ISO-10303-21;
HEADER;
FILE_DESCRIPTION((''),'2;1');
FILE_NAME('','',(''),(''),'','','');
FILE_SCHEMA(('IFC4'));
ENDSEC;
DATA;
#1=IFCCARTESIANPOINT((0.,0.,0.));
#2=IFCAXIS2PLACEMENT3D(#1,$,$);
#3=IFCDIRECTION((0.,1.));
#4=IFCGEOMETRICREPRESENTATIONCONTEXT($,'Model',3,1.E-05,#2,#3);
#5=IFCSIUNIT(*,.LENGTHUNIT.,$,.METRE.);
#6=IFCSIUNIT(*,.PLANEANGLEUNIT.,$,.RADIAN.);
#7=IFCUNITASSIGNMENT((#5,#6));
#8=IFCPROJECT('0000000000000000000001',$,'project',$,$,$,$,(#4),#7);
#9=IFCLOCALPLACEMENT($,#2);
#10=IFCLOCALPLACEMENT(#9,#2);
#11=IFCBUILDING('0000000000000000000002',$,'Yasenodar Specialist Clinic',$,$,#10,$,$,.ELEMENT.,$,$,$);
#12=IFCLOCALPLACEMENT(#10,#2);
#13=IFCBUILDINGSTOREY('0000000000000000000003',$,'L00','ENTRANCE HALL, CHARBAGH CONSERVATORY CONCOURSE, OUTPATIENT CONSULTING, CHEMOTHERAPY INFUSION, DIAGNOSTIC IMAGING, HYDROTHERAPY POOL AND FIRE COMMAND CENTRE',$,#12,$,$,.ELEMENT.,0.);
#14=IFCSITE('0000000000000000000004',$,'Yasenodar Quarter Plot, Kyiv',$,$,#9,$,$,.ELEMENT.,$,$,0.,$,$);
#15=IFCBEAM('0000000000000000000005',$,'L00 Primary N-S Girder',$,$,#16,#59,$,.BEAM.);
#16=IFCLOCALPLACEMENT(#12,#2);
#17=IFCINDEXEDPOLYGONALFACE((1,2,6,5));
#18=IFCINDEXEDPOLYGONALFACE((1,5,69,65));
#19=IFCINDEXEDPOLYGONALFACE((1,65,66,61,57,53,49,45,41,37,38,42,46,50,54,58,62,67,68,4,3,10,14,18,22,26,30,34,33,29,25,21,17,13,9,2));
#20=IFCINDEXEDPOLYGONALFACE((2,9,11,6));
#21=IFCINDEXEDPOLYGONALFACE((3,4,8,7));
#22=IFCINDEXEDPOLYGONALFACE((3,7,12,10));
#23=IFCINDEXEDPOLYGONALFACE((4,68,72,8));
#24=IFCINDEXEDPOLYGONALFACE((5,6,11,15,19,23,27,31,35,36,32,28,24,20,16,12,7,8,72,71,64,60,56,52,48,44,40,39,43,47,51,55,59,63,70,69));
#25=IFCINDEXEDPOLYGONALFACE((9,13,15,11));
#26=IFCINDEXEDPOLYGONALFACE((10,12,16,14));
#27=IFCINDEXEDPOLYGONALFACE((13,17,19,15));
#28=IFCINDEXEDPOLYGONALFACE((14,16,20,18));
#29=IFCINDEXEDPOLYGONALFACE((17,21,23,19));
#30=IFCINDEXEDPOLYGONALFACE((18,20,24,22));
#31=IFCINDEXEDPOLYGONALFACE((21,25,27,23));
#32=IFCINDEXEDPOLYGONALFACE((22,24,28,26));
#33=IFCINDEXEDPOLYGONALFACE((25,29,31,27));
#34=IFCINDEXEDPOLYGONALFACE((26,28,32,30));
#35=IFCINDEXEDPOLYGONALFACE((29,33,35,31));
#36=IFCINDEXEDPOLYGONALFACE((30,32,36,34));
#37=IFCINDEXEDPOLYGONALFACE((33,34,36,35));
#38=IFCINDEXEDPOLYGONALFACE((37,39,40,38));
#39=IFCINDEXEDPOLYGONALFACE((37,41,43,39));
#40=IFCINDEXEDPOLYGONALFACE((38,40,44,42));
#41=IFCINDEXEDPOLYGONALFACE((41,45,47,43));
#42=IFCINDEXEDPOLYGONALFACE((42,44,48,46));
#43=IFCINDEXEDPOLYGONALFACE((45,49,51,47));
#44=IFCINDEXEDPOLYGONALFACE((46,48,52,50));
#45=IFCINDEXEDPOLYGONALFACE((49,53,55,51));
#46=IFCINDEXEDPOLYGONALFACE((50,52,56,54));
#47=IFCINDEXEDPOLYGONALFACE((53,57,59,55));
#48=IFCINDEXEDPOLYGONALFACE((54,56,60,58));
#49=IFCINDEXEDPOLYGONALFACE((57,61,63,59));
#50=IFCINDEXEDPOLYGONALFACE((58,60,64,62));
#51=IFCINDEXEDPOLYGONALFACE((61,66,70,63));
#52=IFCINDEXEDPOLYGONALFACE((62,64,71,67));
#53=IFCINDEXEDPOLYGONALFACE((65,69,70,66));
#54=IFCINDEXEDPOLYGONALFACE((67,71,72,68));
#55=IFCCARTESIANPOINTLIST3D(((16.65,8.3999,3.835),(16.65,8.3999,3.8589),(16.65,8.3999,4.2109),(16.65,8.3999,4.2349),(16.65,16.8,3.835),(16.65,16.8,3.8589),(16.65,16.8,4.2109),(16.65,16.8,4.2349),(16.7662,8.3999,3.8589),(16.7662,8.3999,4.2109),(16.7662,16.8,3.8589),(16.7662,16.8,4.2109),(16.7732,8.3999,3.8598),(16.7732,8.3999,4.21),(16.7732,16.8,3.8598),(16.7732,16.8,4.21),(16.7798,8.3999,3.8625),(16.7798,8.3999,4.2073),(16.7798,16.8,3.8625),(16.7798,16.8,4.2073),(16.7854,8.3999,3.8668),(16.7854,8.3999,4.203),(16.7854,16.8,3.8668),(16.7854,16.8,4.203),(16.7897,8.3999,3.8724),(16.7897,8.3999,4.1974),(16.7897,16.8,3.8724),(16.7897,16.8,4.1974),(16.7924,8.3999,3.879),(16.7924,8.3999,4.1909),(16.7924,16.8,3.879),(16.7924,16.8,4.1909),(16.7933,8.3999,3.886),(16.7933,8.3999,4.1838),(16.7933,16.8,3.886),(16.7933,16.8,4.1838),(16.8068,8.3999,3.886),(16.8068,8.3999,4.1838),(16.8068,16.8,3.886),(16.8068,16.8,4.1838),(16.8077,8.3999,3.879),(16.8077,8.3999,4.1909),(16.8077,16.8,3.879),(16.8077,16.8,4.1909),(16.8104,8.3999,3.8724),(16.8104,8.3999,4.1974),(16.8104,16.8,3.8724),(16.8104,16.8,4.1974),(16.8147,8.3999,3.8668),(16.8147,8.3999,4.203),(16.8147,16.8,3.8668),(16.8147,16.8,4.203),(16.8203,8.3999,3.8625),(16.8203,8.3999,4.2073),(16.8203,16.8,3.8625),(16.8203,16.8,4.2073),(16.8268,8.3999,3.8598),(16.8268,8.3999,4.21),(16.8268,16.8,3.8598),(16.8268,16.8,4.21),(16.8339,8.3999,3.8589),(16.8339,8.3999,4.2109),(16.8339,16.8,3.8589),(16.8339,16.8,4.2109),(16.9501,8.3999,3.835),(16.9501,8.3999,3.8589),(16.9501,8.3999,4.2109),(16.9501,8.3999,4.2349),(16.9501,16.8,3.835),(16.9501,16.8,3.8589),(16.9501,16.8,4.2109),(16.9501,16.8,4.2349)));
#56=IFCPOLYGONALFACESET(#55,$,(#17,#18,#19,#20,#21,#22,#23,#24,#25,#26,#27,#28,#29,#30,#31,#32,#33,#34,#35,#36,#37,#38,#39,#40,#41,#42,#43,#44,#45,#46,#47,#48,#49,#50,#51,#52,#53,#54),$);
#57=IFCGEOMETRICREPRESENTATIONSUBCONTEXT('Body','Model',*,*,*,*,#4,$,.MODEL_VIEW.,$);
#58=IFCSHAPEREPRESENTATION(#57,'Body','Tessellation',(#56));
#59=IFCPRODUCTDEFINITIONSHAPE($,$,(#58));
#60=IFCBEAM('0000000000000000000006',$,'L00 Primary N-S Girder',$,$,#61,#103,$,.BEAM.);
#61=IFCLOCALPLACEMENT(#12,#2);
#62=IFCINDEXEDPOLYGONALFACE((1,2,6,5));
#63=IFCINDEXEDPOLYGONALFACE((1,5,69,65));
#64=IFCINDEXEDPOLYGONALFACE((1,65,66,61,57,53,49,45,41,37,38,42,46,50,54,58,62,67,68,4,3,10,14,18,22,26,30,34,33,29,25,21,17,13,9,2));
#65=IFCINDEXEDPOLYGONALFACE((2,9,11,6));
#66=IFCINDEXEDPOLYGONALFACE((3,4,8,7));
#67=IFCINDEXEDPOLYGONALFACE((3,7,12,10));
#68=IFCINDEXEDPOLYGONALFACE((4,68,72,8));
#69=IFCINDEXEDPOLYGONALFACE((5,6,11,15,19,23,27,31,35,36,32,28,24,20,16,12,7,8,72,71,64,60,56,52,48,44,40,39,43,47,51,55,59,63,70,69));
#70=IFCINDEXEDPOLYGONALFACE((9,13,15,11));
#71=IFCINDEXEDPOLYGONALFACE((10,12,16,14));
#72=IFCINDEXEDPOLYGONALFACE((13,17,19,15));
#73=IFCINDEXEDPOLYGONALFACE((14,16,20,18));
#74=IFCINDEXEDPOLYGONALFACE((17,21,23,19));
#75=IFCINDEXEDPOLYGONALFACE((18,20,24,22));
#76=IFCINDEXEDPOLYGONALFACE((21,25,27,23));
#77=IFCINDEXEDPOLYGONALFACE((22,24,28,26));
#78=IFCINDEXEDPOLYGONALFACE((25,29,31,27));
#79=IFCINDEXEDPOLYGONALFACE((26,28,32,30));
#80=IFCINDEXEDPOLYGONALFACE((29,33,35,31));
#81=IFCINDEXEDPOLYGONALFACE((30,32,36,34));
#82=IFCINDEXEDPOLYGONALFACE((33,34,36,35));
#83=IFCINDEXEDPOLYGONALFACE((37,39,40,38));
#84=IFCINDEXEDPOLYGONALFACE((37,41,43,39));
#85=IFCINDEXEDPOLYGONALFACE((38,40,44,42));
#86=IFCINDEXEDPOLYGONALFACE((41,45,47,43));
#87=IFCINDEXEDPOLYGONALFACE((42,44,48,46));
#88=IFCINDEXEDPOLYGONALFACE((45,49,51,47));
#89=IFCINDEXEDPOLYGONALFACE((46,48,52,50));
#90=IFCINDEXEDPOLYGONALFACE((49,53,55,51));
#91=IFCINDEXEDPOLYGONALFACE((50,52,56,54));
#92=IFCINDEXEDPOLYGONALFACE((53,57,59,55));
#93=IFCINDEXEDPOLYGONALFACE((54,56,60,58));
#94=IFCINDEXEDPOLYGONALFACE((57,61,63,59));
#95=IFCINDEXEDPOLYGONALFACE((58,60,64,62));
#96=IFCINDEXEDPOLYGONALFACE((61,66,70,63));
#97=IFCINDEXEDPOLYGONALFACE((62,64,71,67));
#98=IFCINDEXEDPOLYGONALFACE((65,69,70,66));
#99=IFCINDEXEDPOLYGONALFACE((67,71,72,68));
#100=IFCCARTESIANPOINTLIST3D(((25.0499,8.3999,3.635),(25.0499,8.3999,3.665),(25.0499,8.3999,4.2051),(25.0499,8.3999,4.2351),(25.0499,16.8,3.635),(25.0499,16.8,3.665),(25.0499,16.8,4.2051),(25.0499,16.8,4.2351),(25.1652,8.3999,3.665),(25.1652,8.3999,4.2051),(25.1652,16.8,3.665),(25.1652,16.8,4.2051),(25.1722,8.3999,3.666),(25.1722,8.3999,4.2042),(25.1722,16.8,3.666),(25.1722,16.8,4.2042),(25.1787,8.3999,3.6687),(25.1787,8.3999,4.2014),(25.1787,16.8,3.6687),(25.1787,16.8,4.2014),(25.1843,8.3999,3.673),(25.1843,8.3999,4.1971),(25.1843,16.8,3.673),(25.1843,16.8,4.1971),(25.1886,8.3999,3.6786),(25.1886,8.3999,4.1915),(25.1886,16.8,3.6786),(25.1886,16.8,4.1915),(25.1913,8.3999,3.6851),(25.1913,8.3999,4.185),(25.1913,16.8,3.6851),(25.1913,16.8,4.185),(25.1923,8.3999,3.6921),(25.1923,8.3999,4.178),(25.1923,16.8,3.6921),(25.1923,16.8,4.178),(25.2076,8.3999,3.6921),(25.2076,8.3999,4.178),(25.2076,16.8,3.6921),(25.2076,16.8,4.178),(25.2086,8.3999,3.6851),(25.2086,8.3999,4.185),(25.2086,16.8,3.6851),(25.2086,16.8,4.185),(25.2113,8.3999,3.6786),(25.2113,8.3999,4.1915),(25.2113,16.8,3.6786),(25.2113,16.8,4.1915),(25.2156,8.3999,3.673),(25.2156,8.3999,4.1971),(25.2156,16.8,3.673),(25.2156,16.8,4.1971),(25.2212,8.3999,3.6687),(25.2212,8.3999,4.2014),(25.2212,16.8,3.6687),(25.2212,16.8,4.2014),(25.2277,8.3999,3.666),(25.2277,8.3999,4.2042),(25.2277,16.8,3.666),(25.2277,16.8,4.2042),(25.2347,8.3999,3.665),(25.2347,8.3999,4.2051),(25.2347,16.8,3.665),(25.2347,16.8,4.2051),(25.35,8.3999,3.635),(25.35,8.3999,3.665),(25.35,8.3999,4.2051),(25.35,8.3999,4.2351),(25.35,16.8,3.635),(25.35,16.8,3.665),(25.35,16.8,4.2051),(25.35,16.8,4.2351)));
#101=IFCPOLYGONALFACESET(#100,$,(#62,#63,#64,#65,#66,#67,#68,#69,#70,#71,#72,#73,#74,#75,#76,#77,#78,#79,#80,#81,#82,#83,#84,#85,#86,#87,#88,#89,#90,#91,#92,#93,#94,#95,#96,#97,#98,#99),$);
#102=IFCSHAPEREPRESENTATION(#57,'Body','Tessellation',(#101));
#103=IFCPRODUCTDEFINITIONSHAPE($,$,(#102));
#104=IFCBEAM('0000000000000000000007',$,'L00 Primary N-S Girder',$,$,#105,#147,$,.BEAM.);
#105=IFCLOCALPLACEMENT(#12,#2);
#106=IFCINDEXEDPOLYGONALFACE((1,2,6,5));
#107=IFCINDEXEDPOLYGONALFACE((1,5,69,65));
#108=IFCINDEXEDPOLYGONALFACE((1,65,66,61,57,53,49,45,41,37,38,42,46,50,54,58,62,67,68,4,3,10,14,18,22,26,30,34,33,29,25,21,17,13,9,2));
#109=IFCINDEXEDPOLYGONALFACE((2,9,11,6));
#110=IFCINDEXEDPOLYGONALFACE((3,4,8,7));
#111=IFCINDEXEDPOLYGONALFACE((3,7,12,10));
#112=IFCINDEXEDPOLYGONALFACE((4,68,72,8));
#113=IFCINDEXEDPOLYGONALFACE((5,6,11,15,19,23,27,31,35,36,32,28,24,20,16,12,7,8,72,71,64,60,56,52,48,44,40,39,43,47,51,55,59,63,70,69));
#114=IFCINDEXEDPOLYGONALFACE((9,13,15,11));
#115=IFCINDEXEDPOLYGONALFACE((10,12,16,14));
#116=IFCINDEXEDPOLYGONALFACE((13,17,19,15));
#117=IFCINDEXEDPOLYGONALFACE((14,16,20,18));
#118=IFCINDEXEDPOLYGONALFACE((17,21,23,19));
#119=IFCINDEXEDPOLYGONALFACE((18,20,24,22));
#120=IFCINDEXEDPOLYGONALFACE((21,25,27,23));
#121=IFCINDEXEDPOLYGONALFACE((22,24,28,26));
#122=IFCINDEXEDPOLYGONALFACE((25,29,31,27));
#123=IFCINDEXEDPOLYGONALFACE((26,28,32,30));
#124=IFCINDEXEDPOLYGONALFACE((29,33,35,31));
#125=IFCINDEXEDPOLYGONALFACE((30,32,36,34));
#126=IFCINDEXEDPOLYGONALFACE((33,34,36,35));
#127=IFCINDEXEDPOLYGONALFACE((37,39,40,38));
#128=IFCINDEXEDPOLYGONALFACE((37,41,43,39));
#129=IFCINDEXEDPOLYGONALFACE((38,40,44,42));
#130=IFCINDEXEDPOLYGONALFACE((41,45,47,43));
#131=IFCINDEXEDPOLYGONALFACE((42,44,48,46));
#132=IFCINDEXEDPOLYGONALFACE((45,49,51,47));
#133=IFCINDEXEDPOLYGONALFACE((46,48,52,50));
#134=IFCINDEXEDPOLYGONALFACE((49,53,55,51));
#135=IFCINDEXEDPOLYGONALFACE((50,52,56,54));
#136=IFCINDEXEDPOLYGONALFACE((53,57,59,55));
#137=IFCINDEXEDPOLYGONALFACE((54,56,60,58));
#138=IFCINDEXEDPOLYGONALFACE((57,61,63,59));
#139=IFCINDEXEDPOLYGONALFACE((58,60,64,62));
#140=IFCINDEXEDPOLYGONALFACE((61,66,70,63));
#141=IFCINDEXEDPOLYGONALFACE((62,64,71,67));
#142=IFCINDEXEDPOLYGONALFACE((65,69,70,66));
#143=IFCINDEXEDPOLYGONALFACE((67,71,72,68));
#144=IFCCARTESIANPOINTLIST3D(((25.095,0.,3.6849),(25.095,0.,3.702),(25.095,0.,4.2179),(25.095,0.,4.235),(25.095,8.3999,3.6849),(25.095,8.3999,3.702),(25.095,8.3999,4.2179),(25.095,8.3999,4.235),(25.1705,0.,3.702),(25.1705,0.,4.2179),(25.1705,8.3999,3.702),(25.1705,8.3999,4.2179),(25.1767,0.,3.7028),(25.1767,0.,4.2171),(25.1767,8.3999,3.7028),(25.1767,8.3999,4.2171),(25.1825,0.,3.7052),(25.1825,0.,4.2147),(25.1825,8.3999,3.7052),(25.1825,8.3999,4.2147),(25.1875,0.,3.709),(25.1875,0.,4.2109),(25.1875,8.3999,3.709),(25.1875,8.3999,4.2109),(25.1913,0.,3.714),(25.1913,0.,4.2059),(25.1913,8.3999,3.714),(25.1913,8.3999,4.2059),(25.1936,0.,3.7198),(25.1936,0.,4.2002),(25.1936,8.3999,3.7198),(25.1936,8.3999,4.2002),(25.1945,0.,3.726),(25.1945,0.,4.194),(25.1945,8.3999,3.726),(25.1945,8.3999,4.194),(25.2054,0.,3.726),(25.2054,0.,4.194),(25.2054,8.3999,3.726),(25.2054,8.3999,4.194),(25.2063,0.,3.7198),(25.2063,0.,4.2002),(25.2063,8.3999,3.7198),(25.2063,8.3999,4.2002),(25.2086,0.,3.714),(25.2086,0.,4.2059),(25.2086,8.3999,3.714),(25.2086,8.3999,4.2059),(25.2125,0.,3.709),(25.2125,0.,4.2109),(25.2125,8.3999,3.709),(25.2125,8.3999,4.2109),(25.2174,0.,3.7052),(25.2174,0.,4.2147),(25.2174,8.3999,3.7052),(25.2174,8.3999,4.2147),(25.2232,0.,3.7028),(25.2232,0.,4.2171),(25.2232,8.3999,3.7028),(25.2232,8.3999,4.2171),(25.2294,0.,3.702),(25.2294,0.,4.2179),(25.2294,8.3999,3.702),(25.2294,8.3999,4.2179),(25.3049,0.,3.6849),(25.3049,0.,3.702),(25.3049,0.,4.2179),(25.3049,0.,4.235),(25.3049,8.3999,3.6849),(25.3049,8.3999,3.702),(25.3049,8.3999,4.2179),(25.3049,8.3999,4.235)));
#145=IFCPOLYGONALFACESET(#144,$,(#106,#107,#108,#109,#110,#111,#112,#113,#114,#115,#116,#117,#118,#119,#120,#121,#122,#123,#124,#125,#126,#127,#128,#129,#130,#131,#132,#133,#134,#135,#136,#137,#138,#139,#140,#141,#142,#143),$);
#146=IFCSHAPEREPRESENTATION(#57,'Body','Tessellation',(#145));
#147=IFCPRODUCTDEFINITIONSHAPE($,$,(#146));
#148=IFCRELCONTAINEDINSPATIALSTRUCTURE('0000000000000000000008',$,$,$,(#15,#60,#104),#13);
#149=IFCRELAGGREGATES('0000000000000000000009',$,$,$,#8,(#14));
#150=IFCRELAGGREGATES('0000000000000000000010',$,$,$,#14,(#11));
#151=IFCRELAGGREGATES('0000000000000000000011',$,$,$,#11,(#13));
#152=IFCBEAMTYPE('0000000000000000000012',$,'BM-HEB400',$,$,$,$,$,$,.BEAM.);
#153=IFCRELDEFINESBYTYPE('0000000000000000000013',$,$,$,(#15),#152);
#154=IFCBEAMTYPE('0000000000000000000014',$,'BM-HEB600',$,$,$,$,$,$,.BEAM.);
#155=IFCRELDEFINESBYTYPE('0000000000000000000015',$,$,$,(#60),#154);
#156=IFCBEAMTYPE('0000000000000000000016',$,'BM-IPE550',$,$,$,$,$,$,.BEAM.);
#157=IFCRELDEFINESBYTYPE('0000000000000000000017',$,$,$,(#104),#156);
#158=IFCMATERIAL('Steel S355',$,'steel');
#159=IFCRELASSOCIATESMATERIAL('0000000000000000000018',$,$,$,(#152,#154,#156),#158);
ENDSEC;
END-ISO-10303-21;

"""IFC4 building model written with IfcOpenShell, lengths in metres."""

from ifc_helpers import new_model, si_unit, direction, frame, origin, origin_2d, place, context, subcontext, project, spatial, i_section, extrude, material, material_profile, profile_set, type_object, element, save


model = new_model("IFC4")

# Units and contexts
model_context = context("Model", 3, precision=1e-05, world=origin(), true_north=direction((0.0, 1.0)))
body_context = subcontext(model_context, "Body", "Model", "MODEL_VIEW")
ifc_project = project(units=[si_unit("LENGTHUNIT", "METRE"), si_unit("PLANEANGLEUNIT", "RADIAN")], contexts=[model_context])

# Site, building, storey
site_placement = place(None, origin())
site = spatial("IfcSite", under=ifc_project, at=site_placement, Name="Yasenodar Quarter Plot, Kyiv", CompositionType="ELEMENT", RefElevation=0.0)
building_placement = place(site_placement, origin())
building = spatial("IfcBuilding", under=site, at=building_placement, Name="Yasenodar Specialist Clinic", CompositionType="ELEMENT")
storey_placement = place(building_placement, origin())
storey = spatial("IfcBuildingStorey", under=building, at=storey_placement, Name="L00", Description="ENTRANCE HALL, CHARBAGH CONSERVATORY CONCOURSE, OUTPATIENT CONSULTING, CHEMOTHERAPY INFUSION, DIAGNOSTIC IMAGING, HYDROTHERAPY POOL AND FIRE COMMAND CENTRE", CompositionType="ELEMENT", Elevation=0.0)

# Beams
ifc_material_1 = material(Name="Steel S355", Category="steel")
ifc_material_profile_1 = material_profile(ifc_material_1, i_section(OverallWidth=0.3, OverallDepth=0.3999, WebThickness=0.0134, FlangeThickness=0.0239, FilletRadius=0.0271, at=origin_2d()), Name="HEB 400")
ifc_profile_set_1 = profile_set([ifc_material_profile_1], Name="Steel S355")
beam_type_1 = type_object("IfcBeamType", Name="BM-HEB400", PredefinedType="BEAM", material=ifc_profile_set_1)
beam_1_placement = place(storey_placement, frame((16.8, 8.3999, 4.0349), z_axis=(0.0, 1.0, 0.0), x_axis=(-1.0, 0.0, 0.0)))
element("IfcBeam", 1, at=beam_1_placement, inside=storey, type_object=beam_type_1, Name="L00 Primary N-S Girder", PredefinedType="BEAM", context=body_context, shape_type="SweptSolid", body=[
    extrude(i_section(OverallWidth=0.3, OverallDepth=0.3999, WebThickness=0.0134, FlangeThickness=0.0239, FilletRadius=0.0271, at=origin_2d()), origin(), (0.0, 0.0, 1.0), 8.4001),
])
ifc_material_profile_2 = material_profile(ifc_material_1, i_section(OverallWidth=0.3, OverallDepth=0.6001, WebThickness=0.0154, FlangeThickness=0.03, FilletRadius=0.0271, at=origin_2d()), Name="HEB 600")
ifc_profile_set_2 = profile_set([ifc_material_profile_2], Name="Steel S355")
beam_type_2 = type_object("IfcBeamType", Name="BM-HEB600", PredefinedType="BEAM", material=ifc_profile_set_2)
beam_2_placement = place(storey_placement, frame((25.2, 8.3999, 3.9351), z_axis=(0.0, 1.0, 0.0), x_axis=(-1.0, 0.0, 0.0)))
element("IfcBeam", 2, at=beam_2_placement, inside=storey, type_object=beam_type_2, Name="L00 Primary N-S Girder", PredefinedType="BEAM", context=body_context, shape_type="SweptSolid", body=[
    extrude(i_section(OverallWidth=0.3, OverallDepth=0.6001, WebThickness=0.0154, FlangeThickness=0.03, FilletRadius=0.0271, at=origin_2d()), origin(), (0.0, 0.0, 1.0), 8.4001),
])
ifc_material_profile_3 = material_profile(ifc_material_1, i_section(OverallWidth=0.21, OverallDepth=0.55, WebThickness=0.011, FlangeThickness=0.0171, FilletRadius=0.0239, at=origin_2d()), Name="IPE 550")
ifc_profile_set_3 = profile_set([ifc_material_profile_3], Name="Steel S355")
beam_type_3 = type_object("IfcBeamType", Name="BM-IPE550", PredefinedType="BEAM", material=ifc_profile_set_3)
beam_3_placement = place(storey_placement, frame((25.2, 0.0, 3.96), z_axis=(0.0, 1.0, 0.0), x_axis=(-1.0, 0.0, 0.0)))
element("IfcBeam", 3, at=beam_3_placement, inside=storey, type_object=beam_type_3, Name="L00 Primary N-S Girder", PredefinedType="BEAM", context=body_context, shape_type="SweptSolid", body=[
    extrude(i_section(OverallWidth=0.21, OverallDepth=0.55, WebThickness=0.011, FlangeThickness=0.0171, FilletRadius=0.0239, at=origin_2d()), origin(), (0.0, 0.0, 1.0), 8.3999),
])

save(model, "model.ifc")
